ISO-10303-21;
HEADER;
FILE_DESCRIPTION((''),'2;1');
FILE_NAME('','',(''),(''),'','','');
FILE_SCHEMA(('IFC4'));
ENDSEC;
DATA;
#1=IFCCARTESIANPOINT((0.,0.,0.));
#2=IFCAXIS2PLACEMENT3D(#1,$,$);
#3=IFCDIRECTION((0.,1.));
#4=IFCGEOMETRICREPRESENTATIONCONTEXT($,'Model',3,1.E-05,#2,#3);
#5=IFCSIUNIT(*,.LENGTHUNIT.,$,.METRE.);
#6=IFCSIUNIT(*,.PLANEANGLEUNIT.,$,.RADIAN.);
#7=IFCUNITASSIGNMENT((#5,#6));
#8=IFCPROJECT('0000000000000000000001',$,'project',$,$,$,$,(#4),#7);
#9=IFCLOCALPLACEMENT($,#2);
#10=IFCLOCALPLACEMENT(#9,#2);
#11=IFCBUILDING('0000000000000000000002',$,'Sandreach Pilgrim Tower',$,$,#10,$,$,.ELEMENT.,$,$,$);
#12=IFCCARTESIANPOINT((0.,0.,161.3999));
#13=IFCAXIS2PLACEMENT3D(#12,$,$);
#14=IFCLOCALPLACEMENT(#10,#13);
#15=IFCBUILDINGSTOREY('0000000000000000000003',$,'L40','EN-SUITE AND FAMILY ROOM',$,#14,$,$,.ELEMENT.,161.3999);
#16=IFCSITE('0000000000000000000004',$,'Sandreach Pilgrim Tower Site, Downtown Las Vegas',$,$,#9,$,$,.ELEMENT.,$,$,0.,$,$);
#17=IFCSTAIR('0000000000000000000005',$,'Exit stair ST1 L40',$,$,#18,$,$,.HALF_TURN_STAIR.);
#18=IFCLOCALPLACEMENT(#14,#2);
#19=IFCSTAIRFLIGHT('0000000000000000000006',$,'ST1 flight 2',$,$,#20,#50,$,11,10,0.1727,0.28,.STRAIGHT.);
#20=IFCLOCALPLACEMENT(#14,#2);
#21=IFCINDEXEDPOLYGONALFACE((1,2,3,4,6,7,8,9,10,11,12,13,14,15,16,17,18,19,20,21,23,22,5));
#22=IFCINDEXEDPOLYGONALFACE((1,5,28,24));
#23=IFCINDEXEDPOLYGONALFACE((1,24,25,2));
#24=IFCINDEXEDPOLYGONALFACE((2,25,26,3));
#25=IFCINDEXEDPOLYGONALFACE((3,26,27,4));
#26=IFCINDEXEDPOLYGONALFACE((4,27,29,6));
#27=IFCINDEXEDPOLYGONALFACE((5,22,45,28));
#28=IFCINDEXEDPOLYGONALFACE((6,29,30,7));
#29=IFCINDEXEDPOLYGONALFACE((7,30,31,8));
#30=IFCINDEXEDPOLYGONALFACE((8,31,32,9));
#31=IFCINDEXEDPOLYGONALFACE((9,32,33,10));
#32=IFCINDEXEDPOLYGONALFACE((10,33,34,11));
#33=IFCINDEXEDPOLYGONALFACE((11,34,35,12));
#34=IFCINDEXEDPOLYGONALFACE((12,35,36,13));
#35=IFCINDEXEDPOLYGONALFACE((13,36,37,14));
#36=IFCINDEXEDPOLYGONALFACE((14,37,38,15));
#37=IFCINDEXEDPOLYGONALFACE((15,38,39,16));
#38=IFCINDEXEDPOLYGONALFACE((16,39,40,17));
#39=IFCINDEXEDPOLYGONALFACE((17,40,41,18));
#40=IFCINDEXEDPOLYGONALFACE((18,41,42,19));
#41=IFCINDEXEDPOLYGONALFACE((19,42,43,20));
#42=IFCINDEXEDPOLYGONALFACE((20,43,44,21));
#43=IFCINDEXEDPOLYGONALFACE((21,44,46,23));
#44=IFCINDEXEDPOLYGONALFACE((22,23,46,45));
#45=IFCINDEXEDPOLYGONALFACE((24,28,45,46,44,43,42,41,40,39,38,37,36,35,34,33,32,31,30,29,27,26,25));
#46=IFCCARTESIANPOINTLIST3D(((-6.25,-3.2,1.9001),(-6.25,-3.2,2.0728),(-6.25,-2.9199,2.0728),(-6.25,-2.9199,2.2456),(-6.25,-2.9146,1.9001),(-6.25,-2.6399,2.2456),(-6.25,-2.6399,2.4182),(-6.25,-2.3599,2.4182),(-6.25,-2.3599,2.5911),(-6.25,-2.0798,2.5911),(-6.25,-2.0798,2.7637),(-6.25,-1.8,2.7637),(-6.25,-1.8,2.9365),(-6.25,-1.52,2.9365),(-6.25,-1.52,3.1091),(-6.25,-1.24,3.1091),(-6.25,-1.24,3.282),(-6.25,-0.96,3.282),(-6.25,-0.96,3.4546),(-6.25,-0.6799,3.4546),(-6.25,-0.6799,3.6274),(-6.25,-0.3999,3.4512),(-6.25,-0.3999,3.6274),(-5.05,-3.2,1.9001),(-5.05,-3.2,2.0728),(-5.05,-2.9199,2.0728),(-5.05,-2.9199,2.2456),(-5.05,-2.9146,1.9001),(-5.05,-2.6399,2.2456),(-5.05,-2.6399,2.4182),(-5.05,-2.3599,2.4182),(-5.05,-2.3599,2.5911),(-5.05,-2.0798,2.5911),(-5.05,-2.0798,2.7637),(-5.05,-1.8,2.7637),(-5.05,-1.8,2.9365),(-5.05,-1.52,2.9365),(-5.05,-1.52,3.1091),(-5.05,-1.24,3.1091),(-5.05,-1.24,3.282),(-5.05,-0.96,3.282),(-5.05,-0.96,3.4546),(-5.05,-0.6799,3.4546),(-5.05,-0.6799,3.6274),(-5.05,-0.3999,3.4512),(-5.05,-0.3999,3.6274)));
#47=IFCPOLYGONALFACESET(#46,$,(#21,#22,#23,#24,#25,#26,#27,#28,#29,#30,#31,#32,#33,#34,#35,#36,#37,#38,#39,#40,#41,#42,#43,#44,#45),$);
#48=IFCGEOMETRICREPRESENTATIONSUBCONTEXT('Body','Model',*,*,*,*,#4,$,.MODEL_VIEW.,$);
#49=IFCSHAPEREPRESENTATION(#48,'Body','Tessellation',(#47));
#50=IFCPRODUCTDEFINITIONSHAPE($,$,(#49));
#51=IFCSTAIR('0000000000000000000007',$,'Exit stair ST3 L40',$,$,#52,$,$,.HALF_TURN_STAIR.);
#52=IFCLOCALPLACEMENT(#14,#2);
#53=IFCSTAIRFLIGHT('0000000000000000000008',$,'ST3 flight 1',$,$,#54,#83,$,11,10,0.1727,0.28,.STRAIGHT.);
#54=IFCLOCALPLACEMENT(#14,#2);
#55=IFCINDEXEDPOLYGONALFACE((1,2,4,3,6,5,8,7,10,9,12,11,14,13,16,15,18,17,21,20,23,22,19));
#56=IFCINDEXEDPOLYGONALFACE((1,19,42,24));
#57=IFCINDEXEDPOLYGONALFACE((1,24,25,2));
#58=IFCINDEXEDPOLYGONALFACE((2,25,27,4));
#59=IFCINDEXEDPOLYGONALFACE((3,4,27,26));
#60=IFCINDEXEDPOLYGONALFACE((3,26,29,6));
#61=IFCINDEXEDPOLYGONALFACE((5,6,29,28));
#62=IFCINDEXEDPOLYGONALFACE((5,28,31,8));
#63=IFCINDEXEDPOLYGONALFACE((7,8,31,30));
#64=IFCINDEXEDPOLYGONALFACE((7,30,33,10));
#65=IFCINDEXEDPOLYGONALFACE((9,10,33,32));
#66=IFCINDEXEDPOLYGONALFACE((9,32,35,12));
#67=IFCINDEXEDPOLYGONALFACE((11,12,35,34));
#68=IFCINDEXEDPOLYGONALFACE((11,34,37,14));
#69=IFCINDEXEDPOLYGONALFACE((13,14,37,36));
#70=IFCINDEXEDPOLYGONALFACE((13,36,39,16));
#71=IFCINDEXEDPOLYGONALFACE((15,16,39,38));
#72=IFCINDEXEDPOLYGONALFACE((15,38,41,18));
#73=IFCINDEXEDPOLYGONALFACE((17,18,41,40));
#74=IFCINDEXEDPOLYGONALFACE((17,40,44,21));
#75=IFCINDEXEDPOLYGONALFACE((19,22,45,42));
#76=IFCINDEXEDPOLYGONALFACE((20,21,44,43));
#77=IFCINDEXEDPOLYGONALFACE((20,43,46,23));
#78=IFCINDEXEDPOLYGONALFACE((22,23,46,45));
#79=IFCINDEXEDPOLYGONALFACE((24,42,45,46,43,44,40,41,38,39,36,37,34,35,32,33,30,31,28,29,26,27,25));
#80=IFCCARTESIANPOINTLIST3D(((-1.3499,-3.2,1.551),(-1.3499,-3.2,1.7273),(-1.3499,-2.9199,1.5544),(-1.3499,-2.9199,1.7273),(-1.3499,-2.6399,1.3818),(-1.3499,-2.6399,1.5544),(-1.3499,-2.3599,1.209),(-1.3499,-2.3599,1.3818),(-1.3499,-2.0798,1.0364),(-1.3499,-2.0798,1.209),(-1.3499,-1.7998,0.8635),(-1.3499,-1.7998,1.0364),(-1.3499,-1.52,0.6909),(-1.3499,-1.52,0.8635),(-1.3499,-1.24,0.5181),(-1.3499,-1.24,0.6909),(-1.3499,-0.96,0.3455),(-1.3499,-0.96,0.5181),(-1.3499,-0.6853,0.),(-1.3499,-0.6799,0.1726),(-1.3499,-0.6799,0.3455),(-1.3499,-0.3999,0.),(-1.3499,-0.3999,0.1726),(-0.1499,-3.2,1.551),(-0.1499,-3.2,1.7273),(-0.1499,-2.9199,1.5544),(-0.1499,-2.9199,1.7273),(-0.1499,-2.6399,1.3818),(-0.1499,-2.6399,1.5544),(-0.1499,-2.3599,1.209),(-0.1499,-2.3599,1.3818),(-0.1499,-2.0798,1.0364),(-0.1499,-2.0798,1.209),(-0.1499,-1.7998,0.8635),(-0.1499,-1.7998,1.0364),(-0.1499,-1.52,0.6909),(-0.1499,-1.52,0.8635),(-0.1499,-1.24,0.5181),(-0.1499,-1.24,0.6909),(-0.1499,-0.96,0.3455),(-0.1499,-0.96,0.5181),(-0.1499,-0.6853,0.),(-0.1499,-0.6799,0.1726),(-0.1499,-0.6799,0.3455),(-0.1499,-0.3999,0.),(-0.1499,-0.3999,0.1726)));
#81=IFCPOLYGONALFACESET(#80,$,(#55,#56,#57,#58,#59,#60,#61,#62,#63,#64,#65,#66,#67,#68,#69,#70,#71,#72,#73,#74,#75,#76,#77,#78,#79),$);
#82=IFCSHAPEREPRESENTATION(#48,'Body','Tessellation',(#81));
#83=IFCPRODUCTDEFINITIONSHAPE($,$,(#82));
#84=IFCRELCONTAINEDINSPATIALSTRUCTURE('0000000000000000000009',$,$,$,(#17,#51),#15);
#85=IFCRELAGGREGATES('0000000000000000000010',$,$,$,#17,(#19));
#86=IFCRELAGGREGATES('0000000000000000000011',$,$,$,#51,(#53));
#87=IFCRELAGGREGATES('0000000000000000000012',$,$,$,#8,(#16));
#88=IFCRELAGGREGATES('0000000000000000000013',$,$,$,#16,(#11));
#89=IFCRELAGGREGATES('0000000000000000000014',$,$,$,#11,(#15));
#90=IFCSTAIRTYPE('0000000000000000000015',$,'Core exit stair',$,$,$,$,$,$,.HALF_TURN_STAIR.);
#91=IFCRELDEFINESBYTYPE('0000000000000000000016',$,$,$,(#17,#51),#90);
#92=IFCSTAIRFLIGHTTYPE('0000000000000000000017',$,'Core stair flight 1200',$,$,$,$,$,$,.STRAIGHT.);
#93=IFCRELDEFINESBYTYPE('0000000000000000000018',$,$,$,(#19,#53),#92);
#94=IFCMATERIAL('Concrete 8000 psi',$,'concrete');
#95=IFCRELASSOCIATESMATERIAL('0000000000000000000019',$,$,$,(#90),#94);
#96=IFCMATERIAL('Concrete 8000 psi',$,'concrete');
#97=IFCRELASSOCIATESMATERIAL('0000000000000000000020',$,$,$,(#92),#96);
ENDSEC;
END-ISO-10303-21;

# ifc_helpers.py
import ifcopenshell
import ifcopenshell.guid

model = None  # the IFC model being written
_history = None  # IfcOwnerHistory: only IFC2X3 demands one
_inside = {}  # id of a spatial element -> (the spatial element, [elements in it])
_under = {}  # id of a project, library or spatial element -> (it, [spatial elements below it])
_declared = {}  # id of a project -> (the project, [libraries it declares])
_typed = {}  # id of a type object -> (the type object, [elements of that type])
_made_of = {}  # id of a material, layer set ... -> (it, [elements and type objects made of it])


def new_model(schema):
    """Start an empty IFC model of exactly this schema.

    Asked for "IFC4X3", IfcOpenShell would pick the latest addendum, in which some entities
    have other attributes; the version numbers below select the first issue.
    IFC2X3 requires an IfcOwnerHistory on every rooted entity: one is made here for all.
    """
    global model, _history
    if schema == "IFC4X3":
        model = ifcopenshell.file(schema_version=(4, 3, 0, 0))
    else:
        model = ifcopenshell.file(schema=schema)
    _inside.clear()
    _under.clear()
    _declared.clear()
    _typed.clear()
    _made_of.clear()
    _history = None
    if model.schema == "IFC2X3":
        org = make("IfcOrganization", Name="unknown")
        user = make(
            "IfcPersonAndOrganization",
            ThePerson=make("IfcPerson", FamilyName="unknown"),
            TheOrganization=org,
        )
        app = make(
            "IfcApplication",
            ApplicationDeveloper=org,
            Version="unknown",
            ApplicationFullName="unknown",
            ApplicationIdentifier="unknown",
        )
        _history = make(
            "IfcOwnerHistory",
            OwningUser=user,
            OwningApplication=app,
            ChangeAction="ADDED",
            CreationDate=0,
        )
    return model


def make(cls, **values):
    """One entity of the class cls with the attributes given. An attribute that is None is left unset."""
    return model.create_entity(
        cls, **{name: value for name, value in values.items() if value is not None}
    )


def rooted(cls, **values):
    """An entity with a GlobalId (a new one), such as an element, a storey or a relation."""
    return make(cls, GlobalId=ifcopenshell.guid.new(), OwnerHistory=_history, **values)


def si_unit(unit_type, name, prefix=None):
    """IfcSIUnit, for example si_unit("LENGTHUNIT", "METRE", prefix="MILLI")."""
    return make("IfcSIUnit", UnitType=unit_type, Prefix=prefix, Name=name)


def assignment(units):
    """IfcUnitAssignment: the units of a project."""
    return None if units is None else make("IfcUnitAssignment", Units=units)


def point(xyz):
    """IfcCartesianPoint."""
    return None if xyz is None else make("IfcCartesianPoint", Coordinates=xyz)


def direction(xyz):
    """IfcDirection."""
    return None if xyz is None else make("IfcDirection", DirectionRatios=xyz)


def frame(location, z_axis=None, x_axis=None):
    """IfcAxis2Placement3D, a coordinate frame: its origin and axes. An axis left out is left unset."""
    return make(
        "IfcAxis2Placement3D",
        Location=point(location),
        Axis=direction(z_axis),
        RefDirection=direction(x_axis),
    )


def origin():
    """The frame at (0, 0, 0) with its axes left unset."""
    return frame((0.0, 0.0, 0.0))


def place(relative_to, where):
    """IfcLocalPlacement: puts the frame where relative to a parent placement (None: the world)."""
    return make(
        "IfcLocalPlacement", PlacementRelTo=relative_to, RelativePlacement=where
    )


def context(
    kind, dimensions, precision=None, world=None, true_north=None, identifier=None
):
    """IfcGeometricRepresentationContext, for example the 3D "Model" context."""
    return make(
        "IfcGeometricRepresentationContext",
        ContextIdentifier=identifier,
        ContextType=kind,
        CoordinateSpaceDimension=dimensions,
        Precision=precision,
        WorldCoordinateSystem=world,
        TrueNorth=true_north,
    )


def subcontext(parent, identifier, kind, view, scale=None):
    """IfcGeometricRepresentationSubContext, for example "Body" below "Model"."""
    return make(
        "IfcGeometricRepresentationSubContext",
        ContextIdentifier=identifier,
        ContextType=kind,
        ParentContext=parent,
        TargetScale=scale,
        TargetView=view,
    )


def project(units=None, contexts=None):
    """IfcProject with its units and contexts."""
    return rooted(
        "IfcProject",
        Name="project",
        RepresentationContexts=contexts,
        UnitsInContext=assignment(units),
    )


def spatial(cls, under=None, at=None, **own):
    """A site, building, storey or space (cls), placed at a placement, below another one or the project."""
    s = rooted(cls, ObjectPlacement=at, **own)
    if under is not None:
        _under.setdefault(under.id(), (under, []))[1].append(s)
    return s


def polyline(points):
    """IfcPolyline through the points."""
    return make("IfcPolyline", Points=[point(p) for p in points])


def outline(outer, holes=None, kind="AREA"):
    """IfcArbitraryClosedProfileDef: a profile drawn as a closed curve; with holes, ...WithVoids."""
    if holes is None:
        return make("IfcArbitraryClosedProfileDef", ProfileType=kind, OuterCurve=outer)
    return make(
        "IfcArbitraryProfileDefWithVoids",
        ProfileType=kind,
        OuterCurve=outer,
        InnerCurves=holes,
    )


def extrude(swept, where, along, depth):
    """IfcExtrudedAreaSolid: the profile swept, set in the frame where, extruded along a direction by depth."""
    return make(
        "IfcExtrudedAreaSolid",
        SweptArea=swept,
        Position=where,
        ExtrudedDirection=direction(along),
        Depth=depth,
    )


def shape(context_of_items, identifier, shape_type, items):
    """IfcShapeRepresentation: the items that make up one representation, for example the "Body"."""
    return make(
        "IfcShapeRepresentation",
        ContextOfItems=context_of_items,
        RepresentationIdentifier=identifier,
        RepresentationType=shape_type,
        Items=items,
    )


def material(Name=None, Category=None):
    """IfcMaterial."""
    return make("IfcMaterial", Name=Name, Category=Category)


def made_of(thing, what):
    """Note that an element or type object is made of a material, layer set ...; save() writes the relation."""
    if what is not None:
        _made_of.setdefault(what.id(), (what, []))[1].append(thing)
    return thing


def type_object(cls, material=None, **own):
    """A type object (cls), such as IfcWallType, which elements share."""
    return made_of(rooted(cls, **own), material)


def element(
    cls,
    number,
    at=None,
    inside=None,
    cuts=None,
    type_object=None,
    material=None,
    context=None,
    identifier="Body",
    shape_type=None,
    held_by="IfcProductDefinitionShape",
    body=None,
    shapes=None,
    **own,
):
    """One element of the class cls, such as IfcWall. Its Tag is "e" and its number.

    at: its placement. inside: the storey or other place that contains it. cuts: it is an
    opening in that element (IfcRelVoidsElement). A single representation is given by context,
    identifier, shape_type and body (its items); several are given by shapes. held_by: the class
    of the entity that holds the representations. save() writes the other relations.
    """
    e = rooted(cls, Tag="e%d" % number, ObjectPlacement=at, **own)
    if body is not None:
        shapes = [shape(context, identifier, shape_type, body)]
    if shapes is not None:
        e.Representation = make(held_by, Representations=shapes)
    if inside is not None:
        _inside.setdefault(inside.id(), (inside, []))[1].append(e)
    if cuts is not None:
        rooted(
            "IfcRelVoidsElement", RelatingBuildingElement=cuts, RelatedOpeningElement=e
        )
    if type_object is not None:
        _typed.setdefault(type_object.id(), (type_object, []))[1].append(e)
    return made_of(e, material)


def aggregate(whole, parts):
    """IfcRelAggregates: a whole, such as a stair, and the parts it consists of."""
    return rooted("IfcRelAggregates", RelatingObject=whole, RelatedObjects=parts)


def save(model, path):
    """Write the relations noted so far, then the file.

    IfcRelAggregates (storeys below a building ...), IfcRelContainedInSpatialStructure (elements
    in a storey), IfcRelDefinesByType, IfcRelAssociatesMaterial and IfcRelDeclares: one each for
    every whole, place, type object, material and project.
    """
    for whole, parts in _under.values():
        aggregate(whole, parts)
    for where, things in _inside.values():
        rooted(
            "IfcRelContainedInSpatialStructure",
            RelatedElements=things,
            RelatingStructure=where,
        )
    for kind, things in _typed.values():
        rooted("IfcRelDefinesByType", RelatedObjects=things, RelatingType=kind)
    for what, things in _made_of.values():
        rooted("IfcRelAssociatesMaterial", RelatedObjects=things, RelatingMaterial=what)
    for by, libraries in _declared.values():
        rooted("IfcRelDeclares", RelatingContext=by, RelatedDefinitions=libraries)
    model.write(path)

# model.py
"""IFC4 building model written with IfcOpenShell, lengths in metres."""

from ifc_helpers import new_model, si_unit, direction, frame, origin, place, context, subcontext, project, spatial, polyline, outline, extrude, material, type_object, element, aggregate, save


model = new_model("IFC4")

# Units and contexts
model_context = context("Model", 3, precision=1e-05, world=origin(), true_north=direction((0.0, 1.0)))
body_context = subcontext(model_context, "Body", "Model", "MODEL_VIEW")
ifc_project = project(units=[si_unit("LENGTHUNIT", "METRE"), si_unit("PLANEANGLEUNIT", "RADIAN")], contexts=[model_context])

# Site, building, storey
site_placement = place(None, origin())
site = spatial("IfcSite", under=ifc_project, at=site_placement, Name="Sandreach Pilgrim Tower Site, Downtown Las Vegas", CompositionType="ELEMENT", RefElevation=0.0)
building_placement = place(site_placement, origin())
building = spatial("IfcBuilding", under=site, at=building_placement, Name="Sandreach Pilgrim Tower", CompositionType="ELEMENT")
storey_placement = place(building_placement, frame((0.0, 0.0, 161.3999)))
storey = spatial("IfcBuildingStorey", under=building, at=storey_placement, Name="L40", Description="EN-SUITE AND FAMILY ROOM", CompositionType="ELEMENT", Elevation=161.3999)

# Stair, stair flight
ifc_material_1 = material(Name="Concrete 8000 psi", Category="concrete")
stair_type = type_object("IfcStairType", Name="Core exit stair", PredefinedType="HALF_TURN_STAIR", material=ifc_material_1)
stair_1_placement = place(storey_placement, origin())
stair_1 = element("IfcStair", 1, at=stair_1_placement, inside=storey, type_object=stair_type, Name="Exit stair ST1 L40", PredefinedType="HALF_TURN_STAIR")
ifc_material_2 = material(Name="Concrete 8000 psi", Category="concrete")
stair_flight_type = type_object("IfcStairFlightType", Name="Core stair flight 1200", PredefinedType="STRAIGHT", material=ifc_material_2)
stair_flight_1_placement = place(storey_placement, frame((-5.6499, -3.2, 1.9001), z_axis=(0.0, 0.0, 1.0), x_axis=(0.0, 1.0, 0.0)))
stair_flight_1 = element("IfcStairFlight", 2, at=stair_flight_1_placement, type_object=stair_flight_type, Name="ST1 flight 2", NumberOfRisers=11, NumberOfTreads=10, PredefinedType="STRAIGHT", RiserHeight=0.1727, TreadLength=0.28, context=body_context, shape_type="SweptSolid", body=[
    extrude(outline(polyline([(0.0, 0.0), (0.0, 0.1726), (0.28, 0.1726), (0.28, 0.3455), (0.5601, 0.3455), (0.5601, 0.5181), (0.8401, 0.5181), (0.8401, 0.6909), (1.1201, 0.6909), (1.1201, 0.8635), (1.3999, 0.8635), (1.3999, 1.0364), (1.6799, 1.0364), (1.6799, 1.209), (1.96, 1.209), (1.96, 1.3818), (2.24, 1.3818), (2.24, 1.5544), (2.52, 1.5544), (2.52, 1.7273), (2.8, 1.7273), (2.8, 1.8999), (2.8, 1.551), (0.2854, 0.0), (0.0, 0.0)])), frame((0.0, 0.6001, 0.0), z_axis=(0.0, -1.0, 0.0), x_axis=(1.0, 0.0, 0.0)), (0.0, 0.0, 1.0), 1.2),
])
aggregate(stair_1, [stair_flight_1])

# Stair, stair flight
stair_2_placement = place(storey_placement, origin())
stair_2 = element("IfcStair", 3, at=stair_2_placement, inside=storey, type_object=stair_type, Name="Exit stair ST3 L40", PredefinedType="HALF_TURN_STAIR")
stair_flight_2_placement = place(storey_placement, frame((-0.75, -0.3999, 0.0), z_axis=(0.0, 0.0, 1.0), x_axis=(0.0, -1.0, 0.0)))
stair_flight_2 = element("IfcStairFlight", 4, at=stair_flight_2_placement, type_object=stair_flight_type, Name="ST3 flight 1", NumberOfRisers=11, NumberOfTreads=10, PredefinedType="STRAIGHT", RiserHeight=0.1727, TreadLength=0.28, context=body_context, shape_type="SweptSolid", body=[
    extrude(outline(polyline([(0.0, 0.0), (0.0, 0.1726), (0.28, 0.1726), (0.28, 0.3455), (0.5601, 0.3455), (0.5601, 0.5181), (0.8401, 0.5181), (0.8401, 0.6909), (1.1201, 0.6909), (1.1201, 0.8635), (1.3999, 0.8635), (1.3999, 1.0364), (1.6799, 1.0364), (1.6799, 1.209), (1.96, 1.209), (1.96, 1.3818), (2.24, 1.3818), (2.24, 1.5544), (2.52, 1.5544), (2.52, 1.7273), (2.8, 1.7273), (2.8, 1.8999), (2.8, 1.551), (0.2854, 0.0), (0.0, 0.0)])), frame((0.0, 0.6001, 0.0), z_axis=(0.0, -1.0, 0.0), x_axis=(1.0, 0.0, 0.0)), (0.0, 0.0, 1.0), 1.2),
])
aggregate(stair_2, [stair_flight_2])

save(model, "model.ifc")
